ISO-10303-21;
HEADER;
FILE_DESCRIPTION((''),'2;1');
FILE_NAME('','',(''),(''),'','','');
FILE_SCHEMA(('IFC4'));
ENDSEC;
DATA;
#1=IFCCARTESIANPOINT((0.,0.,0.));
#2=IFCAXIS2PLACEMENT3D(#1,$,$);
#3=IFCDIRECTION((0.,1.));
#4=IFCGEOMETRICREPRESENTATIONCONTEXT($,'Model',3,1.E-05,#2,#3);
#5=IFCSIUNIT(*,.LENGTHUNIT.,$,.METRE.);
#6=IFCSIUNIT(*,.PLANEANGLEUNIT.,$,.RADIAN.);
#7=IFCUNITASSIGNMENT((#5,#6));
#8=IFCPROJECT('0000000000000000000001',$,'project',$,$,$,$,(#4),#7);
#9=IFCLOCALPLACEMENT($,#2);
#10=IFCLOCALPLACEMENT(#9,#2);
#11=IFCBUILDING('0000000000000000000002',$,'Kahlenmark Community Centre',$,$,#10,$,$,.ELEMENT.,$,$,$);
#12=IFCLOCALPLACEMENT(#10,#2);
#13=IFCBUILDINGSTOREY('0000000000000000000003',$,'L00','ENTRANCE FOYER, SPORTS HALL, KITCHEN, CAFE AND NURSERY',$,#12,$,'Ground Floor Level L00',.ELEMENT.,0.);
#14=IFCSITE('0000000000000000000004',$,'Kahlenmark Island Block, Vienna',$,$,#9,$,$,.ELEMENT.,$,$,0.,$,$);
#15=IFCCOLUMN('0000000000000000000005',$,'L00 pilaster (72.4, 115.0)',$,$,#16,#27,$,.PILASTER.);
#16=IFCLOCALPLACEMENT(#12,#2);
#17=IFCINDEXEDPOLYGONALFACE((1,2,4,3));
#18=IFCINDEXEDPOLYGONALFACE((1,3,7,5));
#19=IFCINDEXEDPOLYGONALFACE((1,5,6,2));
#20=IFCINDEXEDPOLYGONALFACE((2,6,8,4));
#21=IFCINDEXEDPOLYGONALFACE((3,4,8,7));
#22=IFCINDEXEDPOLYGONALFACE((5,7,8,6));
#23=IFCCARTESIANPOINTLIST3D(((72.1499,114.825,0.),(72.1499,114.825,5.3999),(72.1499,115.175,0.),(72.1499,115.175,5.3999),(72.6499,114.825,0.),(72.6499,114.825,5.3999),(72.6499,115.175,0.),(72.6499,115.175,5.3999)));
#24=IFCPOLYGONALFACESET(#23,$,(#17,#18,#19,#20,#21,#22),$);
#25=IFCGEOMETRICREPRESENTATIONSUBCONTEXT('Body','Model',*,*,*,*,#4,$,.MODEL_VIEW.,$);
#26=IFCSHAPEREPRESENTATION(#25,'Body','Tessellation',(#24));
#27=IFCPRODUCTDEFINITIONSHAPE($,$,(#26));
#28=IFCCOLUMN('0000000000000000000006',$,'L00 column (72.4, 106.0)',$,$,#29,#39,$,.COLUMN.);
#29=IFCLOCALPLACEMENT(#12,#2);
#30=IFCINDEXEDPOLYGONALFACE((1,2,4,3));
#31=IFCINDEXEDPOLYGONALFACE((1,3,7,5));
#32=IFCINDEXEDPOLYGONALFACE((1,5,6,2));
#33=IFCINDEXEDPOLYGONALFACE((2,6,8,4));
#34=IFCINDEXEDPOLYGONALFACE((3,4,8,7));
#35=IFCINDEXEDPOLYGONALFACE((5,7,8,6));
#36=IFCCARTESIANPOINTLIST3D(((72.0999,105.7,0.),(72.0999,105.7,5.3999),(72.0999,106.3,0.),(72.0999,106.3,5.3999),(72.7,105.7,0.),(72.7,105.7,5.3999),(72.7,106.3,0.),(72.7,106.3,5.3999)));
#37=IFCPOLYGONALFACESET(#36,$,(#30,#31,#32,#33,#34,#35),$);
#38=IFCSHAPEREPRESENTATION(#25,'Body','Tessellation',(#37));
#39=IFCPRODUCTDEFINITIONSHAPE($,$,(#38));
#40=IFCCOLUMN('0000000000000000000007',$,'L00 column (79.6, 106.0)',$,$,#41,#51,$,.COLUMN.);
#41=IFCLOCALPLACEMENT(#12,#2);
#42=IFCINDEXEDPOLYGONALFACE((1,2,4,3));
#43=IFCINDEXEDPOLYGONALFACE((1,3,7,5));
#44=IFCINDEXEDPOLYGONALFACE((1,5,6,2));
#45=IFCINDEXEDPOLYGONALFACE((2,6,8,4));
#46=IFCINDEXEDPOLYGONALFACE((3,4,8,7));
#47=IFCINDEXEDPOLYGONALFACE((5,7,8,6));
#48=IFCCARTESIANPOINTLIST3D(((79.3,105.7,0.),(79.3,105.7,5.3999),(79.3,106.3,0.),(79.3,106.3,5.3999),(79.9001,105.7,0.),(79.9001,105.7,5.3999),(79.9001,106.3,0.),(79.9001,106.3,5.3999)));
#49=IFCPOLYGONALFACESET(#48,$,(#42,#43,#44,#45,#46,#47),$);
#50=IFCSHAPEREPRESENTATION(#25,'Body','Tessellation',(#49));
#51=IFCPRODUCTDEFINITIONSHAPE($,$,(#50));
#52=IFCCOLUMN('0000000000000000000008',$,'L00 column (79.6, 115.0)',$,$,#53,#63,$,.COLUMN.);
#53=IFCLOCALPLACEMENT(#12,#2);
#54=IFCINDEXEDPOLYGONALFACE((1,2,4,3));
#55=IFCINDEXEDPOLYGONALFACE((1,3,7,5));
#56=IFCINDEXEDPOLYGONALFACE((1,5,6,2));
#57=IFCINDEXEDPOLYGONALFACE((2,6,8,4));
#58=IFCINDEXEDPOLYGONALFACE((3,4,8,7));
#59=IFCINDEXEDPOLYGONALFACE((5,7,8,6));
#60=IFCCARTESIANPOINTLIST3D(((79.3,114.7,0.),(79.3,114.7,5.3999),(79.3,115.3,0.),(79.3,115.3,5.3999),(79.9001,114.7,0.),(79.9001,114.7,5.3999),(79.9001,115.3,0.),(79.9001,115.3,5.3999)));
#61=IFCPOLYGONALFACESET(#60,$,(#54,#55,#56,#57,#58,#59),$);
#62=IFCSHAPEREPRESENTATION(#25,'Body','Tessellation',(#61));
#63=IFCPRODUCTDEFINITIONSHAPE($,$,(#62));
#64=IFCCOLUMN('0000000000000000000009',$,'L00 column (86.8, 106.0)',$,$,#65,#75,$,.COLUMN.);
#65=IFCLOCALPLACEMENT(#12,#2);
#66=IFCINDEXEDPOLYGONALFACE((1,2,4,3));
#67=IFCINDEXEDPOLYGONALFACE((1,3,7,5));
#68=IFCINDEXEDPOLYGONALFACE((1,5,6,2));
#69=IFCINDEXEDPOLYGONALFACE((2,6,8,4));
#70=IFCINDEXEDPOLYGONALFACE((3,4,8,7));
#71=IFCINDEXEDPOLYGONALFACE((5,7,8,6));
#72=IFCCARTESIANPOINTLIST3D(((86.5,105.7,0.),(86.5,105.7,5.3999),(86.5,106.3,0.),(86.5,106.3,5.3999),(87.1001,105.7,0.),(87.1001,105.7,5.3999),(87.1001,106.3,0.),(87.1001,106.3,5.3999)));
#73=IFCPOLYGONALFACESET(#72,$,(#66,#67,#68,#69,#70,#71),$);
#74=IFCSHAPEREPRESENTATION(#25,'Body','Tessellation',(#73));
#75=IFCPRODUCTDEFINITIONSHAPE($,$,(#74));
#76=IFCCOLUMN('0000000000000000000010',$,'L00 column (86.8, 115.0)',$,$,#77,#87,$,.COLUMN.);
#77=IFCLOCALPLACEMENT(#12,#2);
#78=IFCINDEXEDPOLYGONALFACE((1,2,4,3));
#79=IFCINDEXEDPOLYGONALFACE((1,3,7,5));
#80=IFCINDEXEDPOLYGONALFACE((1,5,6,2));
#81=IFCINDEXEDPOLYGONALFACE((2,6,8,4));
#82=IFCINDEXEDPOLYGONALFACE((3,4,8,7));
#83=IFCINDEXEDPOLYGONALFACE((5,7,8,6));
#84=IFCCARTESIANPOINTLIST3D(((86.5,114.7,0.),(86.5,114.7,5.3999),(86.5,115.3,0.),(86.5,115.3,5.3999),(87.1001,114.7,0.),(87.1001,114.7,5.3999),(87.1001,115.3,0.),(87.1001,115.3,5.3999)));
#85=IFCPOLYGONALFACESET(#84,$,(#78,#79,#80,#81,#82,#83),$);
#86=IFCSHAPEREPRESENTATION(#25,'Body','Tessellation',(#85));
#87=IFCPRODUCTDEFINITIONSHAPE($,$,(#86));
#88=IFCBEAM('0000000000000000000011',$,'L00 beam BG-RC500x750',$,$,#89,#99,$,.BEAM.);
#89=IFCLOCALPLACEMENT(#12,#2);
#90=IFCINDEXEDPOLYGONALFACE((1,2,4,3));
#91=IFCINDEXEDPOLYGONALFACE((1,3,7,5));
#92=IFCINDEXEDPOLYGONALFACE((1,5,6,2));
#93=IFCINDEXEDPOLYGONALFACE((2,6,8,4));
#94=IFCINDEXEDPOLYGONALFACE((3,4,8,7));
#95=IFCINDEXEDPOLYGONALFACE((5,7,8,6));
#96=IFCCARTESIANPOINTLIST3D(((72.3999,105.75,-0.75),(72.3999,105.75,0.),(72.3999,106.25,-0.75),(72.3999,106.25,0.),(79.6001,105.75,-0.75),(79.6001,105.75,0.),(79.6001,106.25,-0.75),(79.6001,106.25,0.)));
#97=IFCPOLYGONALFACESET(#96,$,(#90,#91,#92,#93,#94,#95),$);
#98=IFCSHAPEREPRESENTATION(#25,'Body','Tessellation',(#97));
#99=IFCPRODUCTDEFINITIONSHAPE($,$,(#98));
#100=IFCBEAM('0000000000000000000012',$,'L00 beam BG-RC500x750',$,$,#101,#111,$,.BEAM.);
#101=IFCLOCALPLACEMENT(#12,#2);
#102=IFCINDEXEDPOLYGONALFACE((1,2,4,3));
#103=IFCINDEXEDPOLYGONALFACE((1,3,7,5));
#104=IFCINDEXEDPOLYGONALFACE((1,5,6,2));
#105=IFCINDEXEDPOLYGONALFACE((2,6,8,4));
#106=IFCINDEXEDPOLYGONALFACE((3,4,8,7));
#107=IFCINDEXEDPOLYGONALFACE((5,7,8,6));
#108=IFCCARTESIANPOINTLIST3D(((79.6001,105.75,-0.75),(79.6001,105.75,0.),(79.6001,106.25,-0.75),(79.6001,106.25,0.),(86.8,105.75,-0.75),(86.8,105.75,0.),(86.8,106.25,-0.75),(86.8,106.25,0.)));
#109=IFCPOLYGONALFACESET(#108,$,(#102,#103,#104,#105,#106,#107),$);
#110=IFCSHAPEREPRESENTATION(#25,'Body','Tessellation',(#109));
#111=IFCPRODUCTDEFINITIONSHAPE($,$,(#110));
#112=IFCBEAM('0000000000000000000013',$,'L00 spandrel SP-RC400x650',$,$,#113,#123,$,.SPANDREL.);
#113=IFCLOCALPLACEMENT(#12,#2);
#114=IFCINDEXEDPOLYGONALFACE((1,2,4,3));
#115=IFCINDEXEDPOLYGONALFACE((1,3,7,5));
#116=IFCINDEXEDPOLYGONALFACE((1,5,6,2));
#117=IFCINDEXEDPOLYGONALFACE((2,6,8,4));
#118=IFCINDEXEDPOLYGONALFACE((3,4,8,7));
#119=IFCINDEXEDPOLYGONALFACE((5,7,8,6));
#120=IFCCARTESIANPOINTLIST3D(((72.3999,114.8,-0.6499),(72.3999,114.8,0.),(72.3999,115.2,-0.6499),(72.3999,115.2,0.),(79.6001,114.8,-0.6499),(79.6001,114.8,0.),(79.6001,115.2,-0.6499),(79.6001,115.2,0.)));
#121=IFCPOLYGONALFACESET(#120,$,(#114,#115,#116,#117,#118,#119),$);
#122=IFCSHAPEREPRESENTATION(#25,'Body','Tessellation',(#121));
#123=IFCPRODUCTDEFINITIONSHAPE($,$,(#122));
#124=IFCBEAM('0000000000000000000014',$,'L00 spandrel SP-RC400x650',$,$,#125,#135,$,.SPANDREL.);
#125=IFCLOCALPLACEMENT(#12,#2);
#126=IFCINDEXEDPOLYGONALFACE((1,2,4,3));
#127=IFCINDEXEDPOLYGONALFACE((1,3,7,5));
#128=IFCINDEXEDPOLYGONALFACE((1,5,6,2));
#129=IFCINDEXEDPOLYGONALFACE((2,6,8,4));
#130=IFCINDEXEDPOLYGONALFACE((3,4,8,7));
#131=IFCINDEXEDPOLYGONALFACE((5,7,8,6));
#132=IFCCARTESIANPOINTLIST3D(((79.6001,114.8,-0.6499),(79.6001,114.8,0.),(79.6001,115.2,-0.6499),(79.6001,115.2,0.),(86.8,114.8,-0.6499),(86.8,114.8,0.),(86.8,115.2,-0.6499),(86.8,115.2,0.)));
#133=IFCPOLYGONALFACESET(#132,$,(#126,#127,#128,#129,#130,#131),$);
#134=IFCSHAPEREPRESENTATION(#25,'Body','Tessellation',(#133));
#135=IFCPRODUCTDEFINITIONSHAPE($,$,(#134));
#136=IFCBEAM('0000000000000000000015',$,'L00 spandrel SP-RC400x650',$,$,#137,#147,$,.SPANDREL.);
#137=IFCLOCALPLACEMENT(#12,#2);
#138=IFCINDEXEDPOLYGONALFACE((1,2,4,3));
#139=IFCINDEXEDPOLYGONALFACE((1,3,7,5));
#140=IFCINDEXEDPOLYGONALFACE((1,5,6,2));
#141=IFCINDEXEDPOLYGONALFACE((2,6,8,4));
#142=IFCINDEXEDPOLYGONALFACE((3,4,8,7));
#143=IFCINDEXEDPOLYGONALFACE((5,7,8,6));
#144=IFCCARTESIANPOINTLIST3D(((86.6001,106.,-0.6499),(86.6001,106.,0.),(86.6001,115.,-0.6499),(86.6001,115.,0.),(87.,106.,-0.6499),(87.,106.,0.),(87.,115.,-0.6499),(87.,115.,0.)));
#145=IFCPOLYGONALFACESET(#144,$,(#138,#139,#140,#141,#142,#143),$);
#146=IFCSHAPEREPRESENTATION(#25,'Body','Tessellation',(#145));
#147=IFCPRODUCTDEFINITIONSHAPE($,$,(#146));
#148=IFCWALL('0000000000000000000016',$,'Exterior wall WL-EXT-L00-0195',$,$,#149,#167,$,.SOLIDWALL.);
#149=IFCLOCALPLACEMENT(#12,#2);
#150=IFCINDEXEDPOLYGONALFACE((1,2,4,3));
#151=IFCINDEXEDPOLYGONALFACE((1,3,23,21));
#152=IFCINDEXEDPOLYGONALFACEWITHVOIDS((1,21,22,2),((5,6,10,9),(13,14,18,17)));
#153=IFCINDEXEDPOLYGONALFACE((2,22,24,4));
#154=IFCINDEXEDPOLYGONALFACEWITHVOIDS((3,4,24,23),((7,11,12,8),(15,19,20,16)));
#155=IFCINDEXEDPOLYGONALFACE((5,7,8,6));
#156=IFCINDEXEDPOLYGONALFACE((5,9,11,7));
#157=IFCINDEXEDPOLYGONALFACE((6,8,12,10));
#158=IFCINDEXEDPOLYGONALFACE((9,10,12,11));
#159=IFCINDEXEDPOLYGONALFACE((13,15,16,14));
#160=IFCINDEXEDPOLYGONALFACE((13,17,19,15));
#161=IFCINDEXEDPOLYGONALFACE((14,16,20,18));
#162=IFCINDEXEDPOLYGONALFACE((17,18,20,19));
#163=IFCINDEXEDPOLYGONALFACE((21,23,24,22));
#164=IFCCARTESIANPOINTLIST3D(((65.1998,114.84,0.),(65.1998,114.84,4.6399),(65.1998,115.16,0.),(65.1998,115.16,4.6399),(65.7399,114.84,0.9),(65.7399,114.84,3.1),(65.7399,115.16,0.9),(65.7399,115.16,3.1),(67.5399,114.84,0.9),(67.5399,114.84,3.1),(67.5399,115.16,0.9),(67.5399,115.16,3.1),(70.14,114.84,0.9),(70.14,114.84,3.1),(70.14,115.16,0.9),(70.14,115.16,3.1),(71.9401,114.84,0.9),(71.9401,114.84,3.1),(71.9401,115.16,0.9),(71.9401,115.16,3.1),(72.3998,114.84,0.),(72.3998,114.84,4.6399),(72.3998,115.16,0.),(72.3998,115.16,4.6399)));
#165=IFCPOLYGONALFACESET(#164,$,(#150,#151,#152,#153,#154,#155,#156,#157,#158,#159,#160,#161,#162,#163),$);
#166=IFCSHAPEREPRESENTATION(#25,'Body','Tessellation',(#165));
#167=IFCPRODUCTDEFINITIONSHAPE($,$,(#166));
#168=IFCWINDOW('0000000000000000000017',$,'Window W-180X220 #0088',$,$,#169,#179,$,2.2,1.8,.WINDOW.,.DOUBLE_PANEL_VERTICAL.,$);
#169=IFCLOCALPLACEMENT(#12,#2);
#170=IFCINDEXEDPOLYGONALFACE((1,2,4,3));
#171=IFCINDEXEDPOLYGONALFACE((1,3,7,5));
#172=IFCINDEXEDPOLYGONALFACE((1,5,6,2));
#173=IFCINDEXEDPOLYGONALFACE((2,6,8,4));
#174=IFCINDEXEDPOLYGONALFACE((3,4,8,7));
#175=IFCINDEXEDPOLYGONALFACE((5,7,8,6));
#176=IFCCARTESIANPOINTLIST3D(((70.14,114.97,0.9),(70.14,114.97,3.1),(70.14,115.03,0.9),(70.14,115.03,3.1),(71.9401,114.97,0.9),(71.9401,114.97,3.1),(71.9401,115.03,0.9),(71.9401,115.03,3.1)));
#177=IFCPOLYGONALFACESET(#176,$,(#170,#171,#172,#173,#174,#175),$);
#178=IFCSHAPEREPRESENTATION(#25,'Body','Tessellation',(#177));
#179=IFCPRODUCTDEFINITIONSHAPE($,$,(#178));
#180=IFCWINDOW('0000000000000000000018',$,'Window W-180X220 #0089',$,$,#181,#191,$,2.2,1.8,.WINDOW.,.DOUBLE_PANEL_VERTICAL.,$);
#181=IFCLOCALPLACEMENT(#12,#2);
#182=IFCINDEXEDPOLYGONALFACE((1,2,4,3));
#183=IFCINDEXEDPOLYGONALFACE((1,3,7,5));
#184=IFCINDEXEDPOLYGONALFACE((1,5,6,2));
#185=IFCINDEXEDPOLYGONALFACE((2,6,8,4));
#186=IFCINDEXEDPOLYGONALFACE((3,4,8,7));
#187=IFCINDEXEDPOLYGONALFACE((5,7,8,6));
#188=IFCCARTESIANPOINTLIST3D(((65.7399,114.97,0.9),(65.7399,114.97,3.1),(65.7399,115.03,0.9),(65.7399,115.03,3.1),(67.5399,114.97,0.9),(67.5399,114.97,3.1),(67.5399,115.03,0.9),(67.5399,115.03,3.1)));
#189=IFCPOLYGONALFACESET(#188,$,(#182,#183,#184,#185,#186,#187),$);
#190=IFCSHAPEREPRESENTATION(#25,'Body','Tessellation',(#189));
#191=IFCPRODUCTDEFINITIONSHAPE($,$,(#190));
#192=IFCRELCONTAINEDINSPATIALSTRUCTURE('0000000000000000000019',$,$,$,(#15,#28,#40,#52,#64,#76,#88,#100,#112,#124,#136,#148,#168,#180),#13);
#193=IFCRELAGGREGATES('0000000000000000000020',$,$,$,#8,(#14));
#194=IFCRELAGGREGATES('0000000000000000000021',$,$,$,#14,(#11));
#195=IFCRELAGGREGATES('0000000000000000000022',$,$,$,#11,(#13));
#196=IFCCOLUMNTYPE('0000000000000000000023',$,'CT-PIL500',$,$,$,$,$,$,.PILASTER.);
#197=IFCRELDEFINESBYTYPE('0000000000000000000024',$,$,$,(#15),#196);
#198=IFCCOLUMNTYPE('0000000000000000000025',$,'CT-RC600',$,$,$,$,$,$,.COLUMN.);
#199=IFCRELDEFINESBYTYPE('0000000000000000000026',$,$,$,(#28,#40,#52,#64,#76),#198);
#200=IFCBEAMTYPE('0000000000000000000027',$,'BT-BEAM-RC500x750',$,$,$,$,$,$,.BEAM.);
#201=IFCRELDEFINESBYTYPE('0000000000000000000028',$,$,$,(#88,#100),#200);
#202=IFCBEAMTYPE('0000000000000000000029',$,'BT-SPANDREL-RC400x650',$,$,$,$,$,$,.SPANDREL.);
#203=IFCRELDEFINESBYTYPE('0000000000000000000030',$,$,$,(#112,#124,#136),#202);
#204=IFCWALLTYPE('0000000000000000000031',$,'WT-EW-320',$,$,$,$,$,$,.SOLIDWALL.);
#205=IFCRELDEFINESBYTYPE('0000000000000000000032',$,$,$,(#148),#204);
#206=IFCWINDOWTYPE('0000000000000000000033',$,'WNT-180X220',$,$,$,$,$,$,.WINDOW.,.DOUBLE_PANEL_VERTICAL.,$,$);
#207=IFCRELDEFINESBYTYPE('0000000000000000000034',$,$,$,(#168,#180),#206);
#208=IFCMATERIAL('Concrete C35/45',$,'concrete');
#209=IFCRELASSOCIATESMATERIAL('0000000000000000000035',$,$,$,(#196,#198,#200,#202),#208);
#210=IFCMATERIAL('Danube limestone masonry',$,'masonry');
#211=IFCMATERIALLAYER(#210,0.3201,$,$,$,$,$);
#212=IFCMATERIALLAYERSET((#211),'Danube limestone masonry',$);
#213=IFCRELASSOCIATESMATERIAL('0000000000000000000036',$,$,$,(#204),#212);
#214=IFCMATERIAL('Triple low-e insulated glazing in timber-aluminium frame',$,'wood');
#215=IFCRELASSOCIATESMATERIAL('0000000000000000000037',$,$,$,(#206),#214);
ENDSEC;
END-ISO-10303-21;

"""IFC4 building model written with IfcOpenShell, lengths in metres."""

from ifc_helpers import new_model, si_unit, direction, frame, frame_2d, origin, origin_2d, place, context, subcontext, project, spatial, rectangle, extrude, material, layer, layer_set, material_profile, profile_set, type_object, element, fill, save


model = new_model("IFC4")

# Units and contexts
model_context = context("Model", 3, precision=1e-05, world=origin(), true_north=direction((0.0, 1.0)))
body_context = subcontext(model_context, "Body", "Model", "MODEL_VIEW")
ifc_project = project(units=[si_unit("LENGTHUNIT", "METRE"), si_unit("PLANEANGLEUNIT", "RADIAN")], contexts=[model_context])

# Site, building, storey
site_placement = place(None, origin())
site = spatial("IfcSite", under=ifc_project, at=site_placement, Name="Kahlenmark Island Block, Vienna", CompositionType="ELEMENT", RefElevation=0.0)
building_placement = place(site_placement, origin())
building = spatial("IfcBuilding", under=site, at=building_placement, Name="Kahlenmark Community Centre", CompositionType="ELEMENT")
storey_placement = place(building_placement, origin())
storey = spatial("IfcBuildingStorey", under=building, at=storey_placement, Name="L00", Description="ENTRANCE FOYER, SPORTS HALL, KITCHEN, CAFE AND NURSERY", LongName="Ground Floor Level L00", CompositionType="ELEMENT", Elevation=0.0)

# Columns
ifc_material_1 = material(Name="Concrete C35/45", Category="concrete")
ifc_material_profile_1 = material_profile(ifc_material_1, rectangle(XDim=0.5, YDim=0.3501, at=origin_2d()), Name="RC 500x350")
ifc_profile_set_1 = profile_set([ifc_material_profile_1], Name="Concrete C35/45")
column_type_1 = type_object("IfcColumnType", Name="CT-PIL500", PredefinedType="PILASTER", material=ifc_profile_set_1)
column_placement = place(storey_placement, frame((72.3999, 115.0, 0.0), z_axis=(0.0, 0.0, 1.0), x_axis=(1.0, 0.0, 0.0)))
element("IfcColumn", 1, at=column_placement, inside=storey, type_object=column_type_1, Name="L00 pilaster (72.4, 115.0)", PredefinedType="PILASTER", context=body_context, shape_type="SweptSolid", body=[
    extrude(rectangle(XDim=0.5, YDim=0.3501, at=origin_2d()), origin(), (0.0, 0.0, 1.0), 5.3999),
])
ifc_material_profile_2 = material_profile(ifc_material_1, rectangle(XDim=0.6001, YDim=0.6001, at=origin_2d()), Name="RC 600x600")
ifc_profile_set_2 = profile_set([ifc_material_profile_2], Name="Concrete C35/45")
column_type_2 = type_object("IfcColumnType", Name="CT-RC600", PredefinedType="COLUMN", material=ifc_profile_set_2)
for number, where, z_axis, x_axis, name in (
    (2, (72.3999, 106.0, 0.0), (0.0, 0.0, 1.0), (1.0, 0.0, 0.0), "L00 column (72.4, 106.0)"),
    (3, (79.6001, 106.0, 0.0), (0.0, 0.0, 1.0), (1.0, 0.0, 0.0), "L00 column (79.6, 106.0)"),
    (4, (79.6001, 115.0, 0.0), (0.0, 0.0, 1.0), (1.0, 0.0, 0.0), "L00 column (79.6, 115.0)"),
    (5, (86.8, 106.0, 0.0), (0.0, 0.0, 1.0), (1.0, 0.0, 0.0), "L00 column (86.8, 106.0)"),
    (6, (86.8, 115.0, 0.0), (0.0, 0.0, 1.0), (1.0, 0.0, 0.0), "L00 column (86.8, 115.0)"),
):
    element("IfcColumn", number, at=place(storey_placement, frame(where, z_axis=z_axis, x_axis=x_axis)), inside=storey, type_object=column_type_2, Name=name, PredefinedType="COLUMN", context=body_context, shape_type="SweptSolid", body=[
        extrude(rectangle(XDim=0.6001, YDim=0.6001, at=origin_2d()), origin(), (0.0, 0.0, 1.0), 5.3999),
    ])

# Beams
ifc_material_profile_3 = material_profile(ifc_material_1, rectangle(XDim=0.5, YDim=0.75, at=origin_2d()), Name="RC 500x750")
ifc_profile_set_3 = profile_set([ifc_material_profile_3], Name="Concrete C35/45")
beam_type_1 = type_object("IfcBeamType", Name="BT-BEAM-RC500x750", PredefinedType="BEAM", material=ifc_profile_set_3)
beam_1_placement = place(storey_placement, frame((72.3999, 106.0, -0.375), z_axis=(1.0, 0.0, 0.0), x_axis=(0.0, 1.0, 0.0)))
element("IfcBeam", 7, at=beam_1_placement, inside=storey, type_object=beam_type_1, Name="L00 beam BG-RC500x750", PredefinedType="BEAM", context=body_context, shape_type="SweptSolid", body=[
    extrude(rectangle(XDim=0.5, YDim=0.75, at=origin_2d()), origin(), (0.0, 0.0, 1.0), 7.2002),
])
beam_2_placement = place(storey_placement, frame((79.6001, 106.0, -0.375), z_axis=(1.0, 0.0, 0.0), x_axis=(0.0, 1.0, 0.0)))
element("IfcBeam", 8, at=beam_2_placement, inside=storey, type_object=beam_type_1, Name="L00 beam BG-RC500x750", PredefinedType="BEAM", context=body_context, shape_type="SweptSolid", body=[
    extrude(rectangle(XDim=0.5, YDim=0.75, at=origin_2d()), origin(), (0.0, 0.0, 1.0), 7.2),
])
ifc_material_profile_4 = material_profile(ifc_material_1, rectangle(XDim=0.3999, YDim=0.6499, at=origin_2d()), Name="RC 400x650")
ifc_profile_set_4 = profile_set([ifc_material_profile_4], Name="Concrete C35/45")
beam_type_2 = type_object("IfcBeamType", Name="BT-SPANDREL-RC400x650", PredefinedType="SPANDREL", material=ifc_profile_set_4)
beam_3_placement = place(storey_placement, frame((72.3999, 115.0, -0.325), z_axis=(1.0, 0.0, 0.0), x_axis=(0.0, 1.0, 0.0)))
element("IfcBeam", 9, at=beam_3_placement, inside=storey, type_object=beam_type_2, Name="L00 spandrel SP-RC400x650", PredefinedType="SPANDREL", context=body_context, shape_type="SweptSolid", body=[
    extrude(rectangle(XDim=0.3999, YDim=0.6499, at=origin_2d()), origin(), (0.0, 0.0, 1.0), 7.2002),
])
beam_4_placement = place(storey_placement, frame((79.6001, 115.0, -0.325), z_axis=(1.0, 0.0, 0.0), x_axis=(0.0, 1.0, 0.0)))
element("IfcBeam", 10, at=beam_4_placement, inside=storey, type_object=beam_type_2, Name="L00 spandrel SP-RC400x650", PredefinedType="SPANDREL", context=body_context, shape_type="SweptSolid", body=[
    extrude(rectangle(XDim=0.3999, YDim=0.6499, at=origin_2d()), origin(), (0.0, 0.0, 1.0), 7.2),
])
beam_5_placement = place(storey_placement, frame((86.8, 106.0, -0.325), z_axis=(0.0, 1.0, 0.0), x_axis=(-1.0, 0.0, 0.0)))
element("IfcBeam", 11, at=beam_5_placement, inside=storey, type_object=beam_type_2, Name="L00 spandrel SP-RC400x650", PredefinedType="SPANDREL", context=body_context, shape_type="SweptSolid", body=[
    extrude(rectangle(XDim=0.3999, YDim=0.6499, at=origin_2d()), origin(), (0.0, 0.0, 1.0), 9.0),
])

# Wall, openings, windows
ifc_material_2 = material(Name="Danube limestone masonry", Category="masonry")
ifc_layer = layer(ifc_material_2, 0.3201)
ifc_layer_set = layer_set([ifc_layer], Name="Danube limestone masonry")
wall_type = type_object("IfcWallType", Name="WT-EW-320", PredefinedType="SOLIDWALL", material=ifc_layer_set)
wall_1_placement = place(storey_placement, frame((72.3999, 115.0, 0.0), z_axis=(0.0, 0.0, 1.0), x_axis=(-1.0, 0.0, 0.0)))
wall_1 = element("IfcWall", 12, at=wall_1_placement, inside=storey, type_object=wall_type, Name="Exterior wall WL-EXT-L00-0195", PredefinedType="SOLIDWALL", context=body_context, shape_type="SweptSolid", body=[
    extrude(rectangle(XDim=7.2, YDim=0.3201, at=frame_2d((3.6001, 0.0))), origin(), (0.0, 0.0, 1.0), 4.6399),
])
opening_1_placement = place(wall_1_placement, frame((0.46, 0.0, 0.8999)))
opening_1 = element("IfcOpeningElement", 13, at=opening_1_placement, cuts=wall_1, PredefinedType="OPENING", context=body_context, shape_type="SweptSolid", body=[
    extrude(rectangle(XDim=1.8, YDim=2.2, at=frame_2d((0.8999, 1.1001))), frame((0.0, 0.1699, 0.0), z_axis=(0.0, -1.0, 0.0), x_axis=(1.0, 0.0, 0.0)), (0.0, 0.0, 1.0), 0.3401),
])
opening_2_placement = place(wall_1_placement, frame((4.8601, 0.0, 0.8999)))
opening_2 = element("IfcOpeningElement", 14, at=opening_2_placement, cuts=wall_1, PredefinedType="OPENING", context=body_context, shape_type="SweptSolid", body=[
    extrude(rectangle(XDim=1.8, YDim=2.2, at=frame_2d((0.8999, 1.1001))), frame((0.0, 0.1699, 0.0), z_axis=(0.0, -1.0, 0.0), x_axis=(1.0, 0.0, 0.0)), (0.0, 0.0, 1.0), 0.3401),
])
ifc_material_3 = material(Name="Triple low-e insulated glazing in timber-aluminium frame", Category="wood")
window_type = type_object("IfcWindowType", Name="WNT-180X220", PartitioningType="DOUBLE_PANEL_VERTICAL", PredefinedType="WINDOW", material=ifc_material_3)
window_1_placement = place(opening_1_placement, origin())
window_1 = element("IfcWindow", 15, at=window_1_placement, inside=storey, type_object=window_type, Name="Window W-180X220 #0088", OverallHeight=2.2, OverallWidth=1.8, PartitioningType="DOUBLE_PANEL_VERTICAL", PredefinedType="WINDOW", context=body_context, shape_type="SweptSolid", body=[
    extrude(rectangle(XDim=1.8, YDim=2.2, at=frame_2d((0.8999, 1.1001))), frame((0.0, 0.03, 0.0), z_axis=(0.0, -1.0, 0.0), x_axis=(1.0, 0.0, 0.0)), (0.0, 0.0, 1.0), 0.0601),
])
fill(opening_1, window_1)
window_2_placement = place(opening_2_placement, origin())
window_2 = element("IfcWindow", 16, at=window_2_placement, inside=storey, type_object=window_type, Name="Window W-180X220 #0089", OverallHeight=2.2, OverallWidth=1.8, PartitioningType="DOUBLE_PANEL_VERTICAL", PredefinedType="WINDOW", context=body_context, shape_type="SweptSolid", body=[
    extrude(rectangle(XDim=1.8, YDim=2.2, at=frame_2d((0.8999, 1.1001))), frame((0.0, 0.03, 0.0), z_axis=(0.0, -1.0, 0.0), x_axis=(1.0, 0.0, 0.0)), (0.0, 0.0, 1.0), 0.0601),
])
fill(opening_2, window_2)

save(model, "model.ifc")
